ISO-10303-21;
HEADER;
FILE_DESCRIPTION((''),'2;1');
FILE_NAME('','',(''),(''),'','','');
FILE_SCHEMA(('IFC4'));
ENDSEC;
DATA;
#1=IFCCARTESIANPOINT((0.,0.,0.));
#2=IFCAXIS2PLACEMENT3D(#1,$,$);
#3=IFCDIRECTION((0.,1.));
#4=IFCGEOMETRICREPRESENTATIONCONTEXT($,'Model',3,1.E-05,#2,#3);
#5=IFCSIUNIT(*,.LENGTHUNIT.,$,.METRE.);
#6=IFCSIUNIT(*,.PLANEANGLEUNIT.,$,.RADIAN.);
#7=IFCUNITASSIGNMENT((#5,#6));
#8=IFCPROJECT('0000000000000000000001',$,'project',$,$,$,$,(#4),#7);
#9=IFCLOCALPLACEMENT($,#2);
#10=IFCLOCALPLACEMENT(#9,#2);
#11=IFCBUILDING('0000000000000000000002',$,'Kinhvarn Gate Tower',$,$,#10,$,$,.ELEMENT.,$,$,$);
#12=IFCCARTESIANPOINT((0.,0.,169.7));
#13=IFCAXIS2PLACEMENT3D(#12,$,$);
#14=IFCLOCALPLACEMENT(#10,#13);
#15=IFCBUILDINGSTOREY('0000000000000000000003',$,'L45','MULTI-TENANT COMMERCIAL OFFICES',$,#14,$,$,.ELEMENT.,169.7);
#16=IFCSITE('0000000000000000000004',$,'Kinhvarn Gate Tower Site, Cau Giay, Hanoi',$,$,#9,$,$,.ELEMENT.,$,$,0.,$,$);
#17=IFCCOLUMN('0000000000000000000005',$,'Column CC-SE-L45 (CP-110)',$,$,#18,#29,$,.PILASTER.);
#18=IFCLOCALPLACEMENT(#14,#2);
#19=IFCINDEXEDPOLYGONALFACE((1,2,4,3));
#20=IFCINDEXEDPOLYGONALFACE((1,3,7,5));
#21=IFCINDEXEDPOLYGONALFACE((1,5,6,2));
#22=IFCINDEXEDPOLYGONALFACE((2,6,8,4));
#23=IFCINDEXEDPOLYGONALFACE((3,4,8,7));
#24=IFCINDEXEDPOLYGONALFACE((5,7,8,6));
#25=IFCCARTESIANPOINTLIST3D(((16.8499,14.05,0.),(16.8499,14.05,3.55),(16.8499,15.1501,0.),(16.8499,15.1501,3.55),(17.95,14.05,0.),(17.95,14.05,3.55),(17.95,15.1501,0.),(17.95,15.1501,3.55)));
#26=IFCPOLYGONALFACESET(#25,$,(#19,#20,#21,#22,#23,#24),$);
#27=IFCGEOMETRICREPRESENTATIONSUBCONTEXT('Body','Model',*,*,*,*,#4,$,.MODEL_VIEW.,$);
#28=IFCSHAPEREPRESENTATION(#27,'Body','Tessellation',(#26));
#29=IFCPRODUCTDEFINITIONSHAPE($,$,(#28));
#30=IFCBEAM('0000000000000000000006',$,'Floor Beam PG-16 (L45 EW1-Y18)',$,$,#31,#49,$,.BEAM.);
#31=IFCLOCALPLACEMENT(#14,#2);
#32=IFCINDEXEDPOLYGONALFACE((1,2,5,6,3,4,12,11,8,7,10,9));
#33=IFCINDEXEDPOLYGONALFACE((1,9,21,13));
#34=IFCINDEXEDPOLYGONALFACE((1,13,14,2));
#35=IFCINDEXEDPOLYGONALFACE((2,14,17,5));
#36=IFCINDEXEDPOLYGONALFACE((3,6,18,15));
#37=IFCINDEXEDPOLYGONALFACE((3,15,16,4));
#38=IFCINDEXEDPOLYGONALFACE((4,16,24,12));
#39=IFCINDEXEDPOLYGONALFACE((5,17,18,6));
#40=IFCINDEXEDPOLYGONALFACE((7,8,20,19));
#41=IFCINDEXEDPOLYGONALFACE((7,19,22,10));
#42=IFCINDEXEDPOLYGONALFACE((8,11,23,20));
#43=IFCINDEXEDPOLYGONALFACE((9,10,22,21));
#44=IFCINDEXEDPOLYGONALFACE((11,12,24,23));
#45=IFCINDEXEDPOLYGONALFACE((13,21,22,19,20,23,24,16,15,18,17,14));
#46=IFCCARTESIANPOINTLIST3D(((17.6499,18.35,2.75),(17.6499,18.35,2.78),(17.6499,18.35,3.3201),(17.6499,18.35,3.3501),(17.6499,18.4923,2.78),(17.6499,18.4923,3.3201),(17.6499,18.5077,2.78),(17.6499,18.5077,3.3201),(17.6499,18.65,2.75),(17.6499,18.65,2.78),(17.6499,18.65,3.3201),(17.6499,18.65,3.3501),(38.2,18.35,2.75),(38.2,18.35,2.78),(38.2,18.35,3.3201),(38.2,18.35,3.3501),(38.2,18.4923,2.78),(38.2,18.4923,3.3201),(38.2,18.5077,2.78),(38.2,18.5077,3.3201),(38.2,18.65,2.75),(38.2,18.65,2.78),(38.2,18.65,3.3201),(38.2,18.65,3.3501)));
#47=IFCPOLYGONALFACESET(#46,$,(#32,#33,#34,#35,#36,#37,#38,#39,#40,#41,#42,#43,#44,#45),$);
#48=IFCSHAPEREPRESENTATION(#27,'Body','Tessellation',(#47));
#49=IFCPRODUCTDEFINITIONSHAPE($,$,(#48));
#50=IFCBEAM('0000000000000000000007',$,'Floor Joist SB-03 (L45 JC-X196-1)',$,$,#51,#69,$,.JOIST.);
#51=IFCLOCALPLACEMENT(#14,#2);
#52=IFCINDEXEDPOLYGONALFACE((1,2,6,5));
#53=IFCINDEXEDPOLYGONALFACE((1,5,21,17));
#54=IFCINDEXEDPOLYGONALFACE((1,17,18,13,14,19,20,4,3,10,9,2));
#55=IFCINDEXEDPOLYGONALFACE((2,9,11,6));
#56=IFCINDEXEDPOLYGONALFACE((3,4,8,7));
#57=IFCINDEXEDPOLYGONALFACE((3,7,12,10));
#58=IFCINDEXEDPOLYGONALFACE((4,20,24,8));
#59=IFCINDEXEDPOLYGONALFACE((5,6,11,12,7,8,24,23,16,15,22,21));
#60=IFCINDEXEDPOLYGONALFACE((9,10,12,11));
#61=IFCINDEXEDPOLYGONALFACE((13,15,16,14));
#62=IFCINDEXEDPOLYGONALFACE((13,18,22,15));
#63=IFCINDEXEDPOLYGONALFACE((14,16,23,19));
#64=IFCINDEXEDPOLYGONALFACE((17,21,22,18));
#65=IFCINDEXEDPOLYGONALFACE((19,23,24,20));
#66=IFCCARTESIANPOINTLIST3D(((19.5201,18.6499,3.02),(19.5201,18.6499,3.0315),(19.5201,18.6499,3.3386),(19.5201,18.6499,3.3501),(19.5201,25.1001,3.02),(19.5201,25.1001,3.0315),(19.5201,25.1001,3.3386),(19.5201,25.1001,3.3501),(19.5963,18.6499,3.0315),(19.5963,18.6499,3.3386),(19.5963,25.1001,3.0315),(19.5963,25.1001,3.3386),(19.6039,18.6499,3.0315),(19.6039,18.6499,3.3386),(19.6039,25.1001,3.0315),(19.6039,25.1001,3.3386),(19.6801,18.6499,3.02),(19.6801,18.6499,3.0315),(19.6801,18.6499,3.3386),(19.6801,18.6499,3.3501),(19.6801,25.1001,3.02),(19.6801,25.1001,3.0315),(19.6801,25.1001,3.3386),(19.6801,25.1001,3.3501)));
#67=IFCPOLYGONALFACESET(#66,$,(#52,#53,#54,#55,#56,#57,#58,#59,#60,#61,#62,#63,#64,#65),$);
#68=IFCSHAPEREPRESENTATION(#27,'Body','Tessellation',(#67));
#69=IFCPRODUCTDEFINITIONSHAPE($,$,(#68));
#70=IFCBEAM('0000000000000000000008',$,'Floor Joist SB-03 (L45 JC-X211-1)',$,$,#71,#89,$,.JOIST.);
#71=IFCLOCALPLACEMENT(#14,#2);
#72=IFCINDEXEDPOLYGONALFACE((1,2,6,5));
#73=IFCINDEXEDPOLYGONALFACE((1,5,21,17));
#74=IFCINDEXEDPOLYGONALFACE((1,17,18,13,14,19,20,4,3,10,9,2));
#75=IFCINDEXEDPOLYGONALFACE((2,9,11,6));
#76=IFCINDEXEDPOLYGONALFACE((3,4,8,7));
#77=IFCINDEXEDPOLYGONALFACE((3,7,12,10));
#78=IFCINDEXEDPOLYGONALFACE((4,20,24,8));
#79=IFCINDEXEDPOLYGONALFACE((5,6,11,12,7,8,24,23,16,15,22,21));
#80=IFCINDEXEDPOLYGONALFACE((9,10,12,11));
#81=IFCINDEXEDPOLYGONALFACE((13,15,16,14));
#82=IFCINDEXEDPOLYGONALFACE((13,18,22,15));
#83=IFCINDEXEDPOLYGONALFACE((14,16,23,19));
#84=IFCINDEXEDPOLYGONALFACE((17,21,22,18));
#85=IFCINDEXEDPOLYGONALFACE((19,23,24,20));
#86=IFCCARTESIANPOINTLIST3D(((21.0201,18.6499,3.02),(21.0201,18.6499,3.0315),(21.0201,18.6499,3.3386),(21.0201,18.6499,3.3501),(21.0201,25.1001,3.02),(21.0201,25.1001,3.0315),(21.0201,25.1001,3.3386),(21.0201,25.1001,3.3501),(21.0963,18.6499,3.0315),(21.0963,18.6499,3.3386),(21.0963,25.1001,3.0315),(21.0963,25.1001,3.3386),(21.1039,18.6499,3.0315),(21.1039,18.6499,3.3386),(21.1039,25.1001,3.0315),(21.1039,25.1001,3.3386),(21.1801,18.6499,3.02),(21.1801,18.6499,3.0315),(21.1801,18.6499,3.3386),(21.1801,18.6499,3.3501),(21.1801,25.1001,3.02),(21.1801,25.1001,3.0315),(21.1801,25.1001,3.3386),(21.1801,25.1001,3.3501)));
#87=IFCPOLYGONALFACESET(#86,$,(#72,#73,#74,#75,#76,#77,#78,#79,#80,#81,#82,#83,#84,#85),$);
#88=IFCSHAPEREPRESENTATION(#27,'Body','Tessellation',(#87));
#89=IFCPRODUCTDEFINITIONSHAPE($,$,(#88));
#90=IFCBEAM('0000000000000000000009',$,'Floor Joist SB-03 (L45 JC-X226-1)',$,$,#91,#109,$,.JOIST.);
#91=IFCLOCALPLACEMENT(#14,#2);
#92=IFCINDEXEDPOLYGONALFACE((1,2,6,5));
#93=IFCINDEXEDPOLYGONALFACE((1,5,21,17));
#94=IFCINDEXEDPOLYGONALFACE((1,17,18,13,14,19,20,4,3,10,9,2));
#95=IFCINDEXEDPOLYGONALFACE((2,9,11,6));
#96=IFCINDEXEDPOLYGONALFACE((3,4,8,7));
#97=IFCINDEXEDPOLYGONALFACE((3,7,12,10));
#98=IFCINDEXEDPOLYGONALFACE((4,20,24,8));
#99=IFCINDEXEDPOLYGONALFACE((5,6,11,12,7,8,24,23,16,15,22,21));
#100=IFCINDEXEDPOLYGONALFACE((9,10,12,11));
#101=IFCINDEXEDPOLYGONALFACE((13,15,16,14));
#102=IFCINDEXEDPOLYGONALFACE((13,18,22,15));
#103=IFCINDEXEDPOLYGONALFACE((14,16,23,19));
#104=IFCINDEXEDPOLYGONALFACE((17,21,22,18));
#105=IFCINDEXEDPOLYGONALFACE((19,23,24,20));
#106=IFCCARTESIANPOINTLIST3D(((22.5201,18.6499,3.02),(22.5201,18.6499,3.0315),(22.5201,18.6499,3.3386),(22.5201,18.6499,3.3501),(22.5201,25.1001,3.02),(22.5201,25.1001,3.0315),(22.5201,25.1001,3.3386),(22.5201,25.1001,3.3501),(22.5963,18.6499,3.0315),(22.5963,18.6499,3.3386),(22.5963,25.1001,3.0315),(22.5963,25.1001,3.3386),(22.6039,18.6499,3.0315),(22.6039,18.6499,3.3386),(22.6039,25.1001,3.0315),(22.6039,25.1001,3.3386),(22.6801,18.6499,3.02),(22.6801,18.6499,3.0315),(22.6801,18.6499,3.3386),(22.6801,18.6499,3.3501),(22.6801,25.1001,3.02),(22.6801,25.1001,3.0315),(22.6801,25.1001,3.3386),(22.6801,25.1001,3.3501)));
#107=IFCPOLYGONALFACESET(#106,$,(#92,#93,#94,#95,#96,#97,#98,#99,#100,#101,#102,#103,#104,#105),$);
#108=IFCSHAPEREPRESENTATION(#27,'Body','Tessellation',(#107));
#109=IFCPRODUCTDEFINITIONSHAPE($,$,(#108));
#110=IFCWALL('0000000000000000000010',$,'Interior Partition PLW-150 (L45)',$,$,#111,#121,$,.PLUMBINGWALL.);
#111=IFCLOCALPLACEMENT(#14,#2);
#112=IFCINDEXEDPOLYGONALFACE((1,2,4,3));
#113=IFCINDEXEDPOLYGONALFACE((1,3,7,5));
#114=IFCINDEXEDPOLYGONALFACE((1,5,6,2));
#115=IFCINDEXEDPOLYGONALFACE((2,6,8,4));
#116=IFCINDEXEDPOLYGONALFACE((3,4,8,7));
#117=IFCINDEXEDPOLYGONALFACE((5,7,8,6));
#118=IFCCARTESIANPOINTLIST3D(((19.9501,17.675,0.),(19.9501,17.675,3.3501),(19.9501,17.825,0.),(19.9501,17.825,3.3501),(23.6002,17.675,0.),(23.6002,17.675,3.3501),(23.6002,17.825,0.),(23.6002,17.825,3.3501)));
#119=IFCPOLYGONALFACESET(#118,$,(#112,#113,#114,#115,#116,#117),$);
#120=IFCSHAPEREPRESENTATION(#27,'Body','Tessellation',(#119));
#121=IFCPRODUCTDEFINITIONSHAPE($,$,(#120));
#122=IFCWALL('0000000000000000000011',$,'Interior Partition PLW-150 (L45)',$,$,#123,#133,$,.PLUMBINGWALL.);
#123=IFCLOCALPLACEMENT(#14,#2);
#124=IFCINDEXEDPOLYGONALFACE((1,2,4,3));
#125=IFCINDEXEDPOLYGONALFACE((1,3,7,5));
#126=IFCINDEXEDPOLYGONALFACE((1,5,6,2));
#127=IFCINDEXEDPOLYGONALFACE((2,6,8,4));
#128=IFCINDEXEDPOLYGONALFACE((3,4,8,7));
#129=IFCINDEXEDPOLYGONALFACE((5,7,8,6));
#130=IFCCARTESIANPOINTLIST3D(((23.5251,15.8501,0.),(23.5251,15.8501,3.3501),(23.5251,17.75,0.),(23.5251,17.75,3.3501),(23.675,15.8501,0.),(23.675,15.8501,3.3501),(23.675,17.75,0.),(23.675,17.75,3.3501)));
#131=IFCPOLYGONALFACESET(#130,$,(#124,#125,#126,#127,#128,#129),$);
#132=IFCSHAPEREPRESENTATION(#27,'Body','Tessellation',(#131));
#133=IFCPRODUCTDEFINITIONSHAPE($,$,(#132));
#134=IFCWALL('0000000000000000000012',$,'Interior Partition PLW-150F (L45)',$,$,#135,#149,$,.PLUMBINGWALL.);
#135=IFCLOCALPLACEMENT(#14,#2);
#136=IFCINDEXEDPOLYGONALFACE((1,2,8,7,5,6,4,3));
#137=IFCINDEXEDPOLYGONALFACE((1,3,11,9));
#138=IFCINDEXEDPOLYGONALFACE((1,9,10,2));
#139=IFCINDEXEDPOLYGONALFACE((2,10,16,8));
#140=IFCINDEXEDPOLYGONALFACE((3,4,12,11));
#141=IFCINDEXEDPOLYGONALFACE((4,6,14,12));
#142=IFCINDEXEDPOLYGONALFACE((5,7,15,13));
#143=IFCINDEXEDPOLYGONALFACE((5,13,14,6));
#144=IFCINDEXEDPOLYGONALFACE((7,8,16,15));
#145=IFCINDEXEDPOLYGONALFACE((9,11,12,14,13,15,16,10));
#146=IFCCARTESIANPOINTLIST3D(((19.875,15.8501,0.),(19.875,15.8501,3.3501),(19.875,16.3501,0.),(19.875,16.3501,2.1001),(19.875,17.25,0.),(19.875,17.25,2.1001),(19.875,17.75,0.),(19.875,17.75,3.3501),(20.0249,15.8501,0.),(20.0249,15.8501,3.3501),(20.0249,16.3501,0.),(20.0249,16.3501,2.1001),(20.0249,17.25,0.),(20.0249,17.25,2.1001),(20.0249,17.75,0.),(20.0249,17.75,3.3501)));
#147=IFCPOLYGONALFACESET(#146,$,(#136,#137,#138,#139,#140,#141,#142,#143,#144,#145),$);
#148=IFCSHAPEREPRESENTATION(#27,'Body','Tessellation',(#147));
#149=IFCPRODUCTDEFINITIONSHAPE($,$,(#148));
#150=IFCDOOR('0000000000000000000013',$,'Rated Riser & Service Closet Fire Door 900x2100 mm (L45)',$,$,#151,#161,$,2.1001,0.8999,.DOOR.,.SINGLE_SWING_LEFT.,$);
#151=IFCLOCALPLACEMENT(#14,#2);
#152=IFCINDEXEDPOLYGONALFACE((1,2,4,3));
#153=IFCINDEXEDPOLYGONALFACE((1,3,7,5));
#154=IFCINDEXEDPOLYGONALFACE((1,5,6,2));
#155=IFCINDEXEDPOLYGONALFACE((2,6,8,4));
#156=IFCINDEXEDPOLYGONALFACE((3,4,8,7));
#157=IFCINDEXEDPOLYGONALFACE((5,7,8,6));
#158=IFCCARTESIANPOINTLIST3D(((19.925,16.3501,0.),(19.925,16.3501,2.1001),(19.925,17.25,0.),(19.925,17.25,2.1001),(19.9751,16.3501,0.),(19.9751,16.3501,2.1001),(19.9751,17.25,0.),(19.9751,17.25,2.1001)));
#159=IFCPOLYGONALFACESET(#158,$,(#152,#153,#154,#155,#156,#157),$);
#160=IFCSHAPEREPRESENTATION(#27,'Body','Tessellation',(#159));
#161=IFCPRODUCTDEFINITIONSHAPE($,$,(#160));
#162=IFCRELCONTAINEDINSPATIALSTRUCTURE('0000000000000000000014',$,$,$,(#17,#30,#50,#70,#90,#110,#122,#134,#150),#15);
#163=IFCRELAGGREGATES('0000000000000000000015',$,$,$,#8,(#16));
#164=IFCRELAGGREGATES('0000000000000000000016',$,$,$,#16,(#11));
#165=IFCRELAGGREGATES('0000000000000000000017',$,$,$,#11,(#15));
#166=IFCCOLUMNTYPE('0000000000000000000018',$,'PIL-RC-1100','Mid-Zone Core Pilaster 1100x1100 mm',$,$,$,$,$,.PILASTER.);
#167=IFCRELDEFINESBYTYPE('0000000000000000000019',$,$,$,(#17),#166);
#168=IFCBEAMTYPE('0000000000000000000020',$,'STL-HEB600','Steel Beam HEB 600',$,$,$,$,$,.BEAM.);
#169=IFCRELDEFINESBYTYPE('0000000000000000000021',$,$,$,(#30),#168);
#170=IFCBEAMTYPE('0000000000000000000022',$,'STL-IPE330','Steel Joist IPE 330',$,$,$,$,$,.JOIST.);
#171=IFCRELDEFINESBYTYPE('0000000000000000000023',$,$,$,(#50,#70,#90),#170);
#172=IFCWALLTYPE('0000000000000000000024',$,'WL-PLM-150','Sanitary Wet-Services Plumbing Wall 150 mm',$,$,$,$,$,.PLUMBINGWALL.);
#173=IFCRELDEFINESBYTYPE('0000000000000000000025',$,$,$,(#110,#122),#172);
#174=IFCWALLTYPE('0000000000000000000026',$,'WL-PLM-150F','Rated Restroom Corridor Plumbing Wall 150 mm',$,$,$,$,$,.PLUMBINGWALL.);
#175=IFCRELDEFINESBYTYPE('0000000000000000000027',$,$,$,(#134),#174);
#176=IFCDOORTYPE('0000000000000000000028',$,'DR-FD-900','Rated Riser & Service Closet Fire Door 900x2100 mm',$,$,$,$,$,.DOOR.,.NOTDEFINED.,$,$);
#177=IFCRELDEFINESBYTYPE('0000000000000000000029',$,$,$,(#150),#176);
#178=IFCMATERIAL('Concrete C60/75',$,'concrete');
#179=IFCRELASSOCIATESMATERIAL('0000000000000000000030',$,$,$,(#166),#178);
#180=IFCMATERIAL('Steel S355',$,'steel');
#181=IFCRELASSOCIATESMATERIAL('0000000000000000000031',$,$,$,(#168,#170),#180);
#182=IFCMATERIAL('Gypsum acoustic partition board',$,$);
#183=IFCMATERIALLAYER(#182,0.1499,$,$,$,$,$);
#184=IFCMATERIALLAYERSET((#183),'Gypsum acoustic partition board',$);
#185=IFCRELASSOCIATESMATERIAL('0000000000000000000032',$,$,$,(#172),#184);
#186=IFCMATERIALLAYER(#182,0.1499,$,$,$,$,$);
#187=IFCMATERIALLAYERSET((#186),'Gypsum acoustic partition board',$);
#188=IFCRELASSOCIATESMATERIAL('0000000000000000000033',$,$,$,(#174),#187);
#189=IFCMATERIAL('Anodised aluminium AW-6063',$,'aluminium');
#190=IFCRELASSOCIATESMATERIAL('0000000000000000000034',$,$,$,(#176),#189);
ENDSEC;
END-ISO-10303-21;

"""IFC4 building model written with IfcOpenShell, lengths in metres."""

from ifc_helpers import new_model, si_unit, direction, frame, frame_2d, origin, origin_2d, place, context, subcontext, project, spatial, rectangle, i_section, extrude, material, layer, layer_set, material_profile, profile_set, type_object, element, fill, save


model = new_model("IFC4")

# Units and contexts
model_context = context("Model", 3, precision=1e-05, world=origin(), true_north=direction((0.0, 1.0)))
body_context = subcontext(model_context, "Body", "Model", "MODEL_VIEW")
ifc_project = project(units=[si_unit("LENGTHUNIT", "METRE"), si_unit("PLANEANGLEUNIT", "RADIAN")], contexts=[model_context])

# Site, building, storey
site_placement = place(None, origin())
site = spatial("IfcSite", under=ifc_project, at=site_placement, Name="Kinhvarn Gate Tower Site, Cau Giay, Hanoi", CompositionType="ELEMENT", RefElevation=0.0)
building_placement = place(site_placement, origin())
building = spatial("IfcBuilding", under=site, at=building_placement, Name="Kinhvarn Gate Tower", CompositionType="ELEMENT")
storey_placement = place(building_placement, frame((0.0, 0.0, 169.7)))
storey = spatial("IfcBuildingStorey", under=building, at=storey_placement, Name="L45", Description="MULTI-TENANT COMMERCIAL OFFICES", CompositionType="ELEMENT", Elevation=169.7)

# Column
ifc_material_1 = material(Name="Concrete C60/75", Category="concrete")
ifc_material_profile_1 = material_profile(ifc_material_1, rectangle(XDim=1.1001, YDim=1.1001, at=origin_2d()), Name="RC 1100x1100")
ifc_profile_set_1 = profile_set([ifc_material_profile_1], Name="Concrete C60/75")
column_type = type_object("IfcColumnType", Name="PIL-RC-1100", Description="Mid-Zone Core Pilaster 1100x1100 mm", PredefinedType="PILASTER", material=ifc_profile_set_1)
column_placement = place(storey_placement, frame((17.3999, 14.6001, 0.0), z_axis=(0.0, 0.0, 1.0), x_axis=(1.0, 0.0, 0.0)))
element("IfcColumn", 1, at=column_placement, inside=storey, type_object=column_type, Name="Column CC-SE-L45 (CP-110)", PredefinedType="PILASTER", context=body_context, shape_type="SweptSolid", body=[
    extrude(rectangle(XDim=1.1001, YDim=1.1001, at=origin_2d()), origin(), (0.0, 0.0, 1.0), 3.55),
])

# Beams
ifc_material_2 = material(Name="Steel S355", Category="steel")
ifc_material_profile_2 = material_profile(ifc_material_2, i_section(OverallWidth=0.3, OverallDepth=0.6001, WebThickness=0.0154, FlangeThickness=0.03, at=origin_2d()), Name="HEB 600")
ifc_profile_set_2 = profile_set([ifc_material_profile_2], Name="Steel S355")
beam_type_1 = type_object("IfcBeamType", Name="STL-HEB600", Description="Steel Beam HEB 600", PredefinedType="BEAM", material=ifc_profile_set_2)
beam_placement = place(storey_placement, frame((17.6499, 18.5, 3.05), z_axis=(1.0, 0.0, 0.0), x_axis=(0.0, 1.0, 0.0)))
element("IfcBeam", 2, at=beam_placement, inside=storey, type_object=beam_type_1, Name="Floor Beam PG-16 (L45 EW1-Y18)", PredefinedType="BEAM", context=body_context, shape_type="SweptSolid", body=[
    extrude(i_section(OverallWidth=0.3, OverallDepth=0.6001, WebThickness=0.0154, FlangeThickness=0.03, at=origin_2d()), origin(), (0.0, 0.0, 1.0), 20.55),
])
ifc_material_profile_3 = material_profile(ifc_material_2, i_section(OverallWidth=0.1599, OverallDepth=0.3301, WebThickness=0.0076, FlangeThickness=0.0115, at=origin_2d()), Name="IPE 330")
ifc_profile_set_3 = profile_set([ifc_material_profile_3], Name="Steel S355")
beam_type_2 = type_object("IfcBeamType", Name="STL-IPE330", Description="Steel Joist IPE 330", PredefinedType="JOIST", material=ifc_profile_set_3)
for number, where, z_axis, x_axis, name in (
    (3, (19.6001, 18.6499, 3.1851), (0.0, 1.0, 0.0), (-1.0, 0.0, 0.0), "Floor Joist SB-03 (L45 JC-X196-1)"),
    (4, (21.1001, 18.6499, 3.1851), (0.0, 1.0, 0.0), (-1.0, 0.0, 0.0), "Floor Joist SB-03 (L45 JC-X211-1)"),
    (5, (22.6001, 18.6499, 3.1851), (0.0, 1.0, 0.0), (-1.0, 0.0, 0.0), "Floor Joist SB-03 (L45 JC-X226-1)"),
):
    element("IfcBeam", number, at=place(storey_placement, frame(where, z_axis=z_axis, x_axis=x_axis)), inside=storey, type_object=beam_type_2, Name=name, PredefinedType="JOIST", context=body_context, shape_type="SweptSolid", body=[
        extrude(i_section(OverallWidth=0.1599, OverallDepth=0.3301, WebThickness=0.0076, FlangeThickness=0.0115, at=origin_2d()), origin(), (0.0, 0.0, 1.0), 6.4502),
    ])

# Shared definitions
ifc_material_3 = material(Name="Anodised aluminium AW-6063", Category="aluminium")

# Walls
ifc_material_4 = material(Name="Gypsum acoustic partition board")
ifc_layer_1 = layer(ifc_material_4, 0.1499)
ifc_layer_set_1 = layer_set([ifc_layer_1], Name="Gypsum acoustic partition board")
wall_type_1 = type_object("IfcWallType", Name="WL-PLM-150", Description="Sanitary Wet-Services Plumbing Wall 150 mm", PredefinedType="PLUMBINGWALL", material=ifc_layer_set_1)
wall_1_placement = place(storey_placement, frame((19.95, 17.75, 0.0), z_axis=(0.0, 0.0, 1.0), x_axis=(1.0, 0.0, 0.0)))
element("IfcWall", 6, at=wall_1_placement, inside=storey, type_object=wall_type_1, Name="Interior Partition PLW-150 (L45)", PredefinedType="PLUMBINGWALL", context=body_context, shape_type="SweptSolid", body=[
    extrude(rectangle(XDim=3.6501, YDim=0.1499, at=frame_2d((1.8252, 0.0))), origin(), (0.0, 0.0, 1.0), 3.3501),
])
wall_2_placement = place(storey_placement, frame((23.6001, 15.8501, 0.0), z_axis=(0.0, 0.0, 1.0), x_axis=(0.0, 1.0, 0.0)))
element("IfcWall", 7, at=wall_2_placement, inside=storey, type_object=wall_type_1, Name="Interior Partition PLW-150 (L45)", PredefinedType="PLUMBINGWALL", context=body_context, shape_type="SweptSolid", body=[
    extrude(rectangle(XDim=1.8999, YDim=0.1499, at=frame_2d((0.95, 0.0))), origin(), (0.0, 0.0, 1.0), 3.3501),
])

# Wall, opening, door
ifc_layer_2 = layer(ifc_material_4, 0.1499)
ifc_layer_set_2 = layer_set([ifc_layer_2], Name="Gypsum acoustic partition board")
wall_type_2 = type_object("IfcWallType", Name="WL-PLM-150F", Description="Rated Restroom Corridor Plumbing Wall 150 mm", PredefinedType="PLUMBINGWALL", material=ifc_layer_set_2)
wall_3_placement = place(storey_placement, frame((19.95, 15.8501, 0.0), z_axis=(0.0, 0.0, 1.0), x_axis=(0.0, 1.0, 0.0)))
wall_3 = element("IfcWall", 8, at=wall_3_placement, inside=storey, type_object=wall_type_2, Name="Interior Partition PLW-150F (L45)", PredefinedType="PLUMBINGWALL", context=body_context, shape_type="SweptSolid", body=[
    extrude(rectangle(XDim=1.8999, YDim=0.1499, at=frame_2d((0.95, 0.0))), origin(), (0.0, 0.0, 1.0), 3.3501),
])
opening_1_placement = place(wall_3_placement, frame((0.5, 0.0, 0.0)))
opening_1 = element("IfcOpeningElement", 9, at=opening_1_placement, cuts=wall_3, PredefinedType="OPENING", context=body_context, shape_type="SweptSolid", body=[
    extrude(rectangle(XDim=0.8999, YDim=2.1001, at=frame_2d((0.45, 1.05))), frame((0.0, 0.085, 0.0), z_axis=(0.0, -1.0, 0.0), x_axis=(1.0, 0.0, 0.0)), (0.0, 0.0, 1.0), 0.1699),
])
door_type_1 = type_object("IfcDoorType", Name="DR-FD-900", Description="Rated Riser & Service Closet Fire Door 900x2100 mm", OperationType="NOTDEFINED", PredefinedType="DOOR", material=ifc_material_3)
door_1_placement = place(opening_1_placement, origin())
door_1 = element("IfcDoor", 10, at=door_1_placement, inside=storey, type_object=door_type_1, Name="Rated Riser & Service Closet Fire Door 900x2100 mm (L45)", OperationType="SINGLE_SWING_LEFT", OverallHeight=2.1001, OverallWidth=0.8999, PredefinedType="DOOR", context=body_context, shape_type="SweptSolid", body=[
    extrude(rectangle(XDim=0.8999, YDim=2.1001, at=frame_2d((0.45, 1.05))), frame((0.0, 0.0249, 0.0), z_axis=(0.0, -1.0, 0.0), x_axis=(1.0, 0.0, 0.0)), (0.0, 0.0, 1.0), 0.05),
])
fill(opening_1, door_1)

save(model, "model.ifc")
